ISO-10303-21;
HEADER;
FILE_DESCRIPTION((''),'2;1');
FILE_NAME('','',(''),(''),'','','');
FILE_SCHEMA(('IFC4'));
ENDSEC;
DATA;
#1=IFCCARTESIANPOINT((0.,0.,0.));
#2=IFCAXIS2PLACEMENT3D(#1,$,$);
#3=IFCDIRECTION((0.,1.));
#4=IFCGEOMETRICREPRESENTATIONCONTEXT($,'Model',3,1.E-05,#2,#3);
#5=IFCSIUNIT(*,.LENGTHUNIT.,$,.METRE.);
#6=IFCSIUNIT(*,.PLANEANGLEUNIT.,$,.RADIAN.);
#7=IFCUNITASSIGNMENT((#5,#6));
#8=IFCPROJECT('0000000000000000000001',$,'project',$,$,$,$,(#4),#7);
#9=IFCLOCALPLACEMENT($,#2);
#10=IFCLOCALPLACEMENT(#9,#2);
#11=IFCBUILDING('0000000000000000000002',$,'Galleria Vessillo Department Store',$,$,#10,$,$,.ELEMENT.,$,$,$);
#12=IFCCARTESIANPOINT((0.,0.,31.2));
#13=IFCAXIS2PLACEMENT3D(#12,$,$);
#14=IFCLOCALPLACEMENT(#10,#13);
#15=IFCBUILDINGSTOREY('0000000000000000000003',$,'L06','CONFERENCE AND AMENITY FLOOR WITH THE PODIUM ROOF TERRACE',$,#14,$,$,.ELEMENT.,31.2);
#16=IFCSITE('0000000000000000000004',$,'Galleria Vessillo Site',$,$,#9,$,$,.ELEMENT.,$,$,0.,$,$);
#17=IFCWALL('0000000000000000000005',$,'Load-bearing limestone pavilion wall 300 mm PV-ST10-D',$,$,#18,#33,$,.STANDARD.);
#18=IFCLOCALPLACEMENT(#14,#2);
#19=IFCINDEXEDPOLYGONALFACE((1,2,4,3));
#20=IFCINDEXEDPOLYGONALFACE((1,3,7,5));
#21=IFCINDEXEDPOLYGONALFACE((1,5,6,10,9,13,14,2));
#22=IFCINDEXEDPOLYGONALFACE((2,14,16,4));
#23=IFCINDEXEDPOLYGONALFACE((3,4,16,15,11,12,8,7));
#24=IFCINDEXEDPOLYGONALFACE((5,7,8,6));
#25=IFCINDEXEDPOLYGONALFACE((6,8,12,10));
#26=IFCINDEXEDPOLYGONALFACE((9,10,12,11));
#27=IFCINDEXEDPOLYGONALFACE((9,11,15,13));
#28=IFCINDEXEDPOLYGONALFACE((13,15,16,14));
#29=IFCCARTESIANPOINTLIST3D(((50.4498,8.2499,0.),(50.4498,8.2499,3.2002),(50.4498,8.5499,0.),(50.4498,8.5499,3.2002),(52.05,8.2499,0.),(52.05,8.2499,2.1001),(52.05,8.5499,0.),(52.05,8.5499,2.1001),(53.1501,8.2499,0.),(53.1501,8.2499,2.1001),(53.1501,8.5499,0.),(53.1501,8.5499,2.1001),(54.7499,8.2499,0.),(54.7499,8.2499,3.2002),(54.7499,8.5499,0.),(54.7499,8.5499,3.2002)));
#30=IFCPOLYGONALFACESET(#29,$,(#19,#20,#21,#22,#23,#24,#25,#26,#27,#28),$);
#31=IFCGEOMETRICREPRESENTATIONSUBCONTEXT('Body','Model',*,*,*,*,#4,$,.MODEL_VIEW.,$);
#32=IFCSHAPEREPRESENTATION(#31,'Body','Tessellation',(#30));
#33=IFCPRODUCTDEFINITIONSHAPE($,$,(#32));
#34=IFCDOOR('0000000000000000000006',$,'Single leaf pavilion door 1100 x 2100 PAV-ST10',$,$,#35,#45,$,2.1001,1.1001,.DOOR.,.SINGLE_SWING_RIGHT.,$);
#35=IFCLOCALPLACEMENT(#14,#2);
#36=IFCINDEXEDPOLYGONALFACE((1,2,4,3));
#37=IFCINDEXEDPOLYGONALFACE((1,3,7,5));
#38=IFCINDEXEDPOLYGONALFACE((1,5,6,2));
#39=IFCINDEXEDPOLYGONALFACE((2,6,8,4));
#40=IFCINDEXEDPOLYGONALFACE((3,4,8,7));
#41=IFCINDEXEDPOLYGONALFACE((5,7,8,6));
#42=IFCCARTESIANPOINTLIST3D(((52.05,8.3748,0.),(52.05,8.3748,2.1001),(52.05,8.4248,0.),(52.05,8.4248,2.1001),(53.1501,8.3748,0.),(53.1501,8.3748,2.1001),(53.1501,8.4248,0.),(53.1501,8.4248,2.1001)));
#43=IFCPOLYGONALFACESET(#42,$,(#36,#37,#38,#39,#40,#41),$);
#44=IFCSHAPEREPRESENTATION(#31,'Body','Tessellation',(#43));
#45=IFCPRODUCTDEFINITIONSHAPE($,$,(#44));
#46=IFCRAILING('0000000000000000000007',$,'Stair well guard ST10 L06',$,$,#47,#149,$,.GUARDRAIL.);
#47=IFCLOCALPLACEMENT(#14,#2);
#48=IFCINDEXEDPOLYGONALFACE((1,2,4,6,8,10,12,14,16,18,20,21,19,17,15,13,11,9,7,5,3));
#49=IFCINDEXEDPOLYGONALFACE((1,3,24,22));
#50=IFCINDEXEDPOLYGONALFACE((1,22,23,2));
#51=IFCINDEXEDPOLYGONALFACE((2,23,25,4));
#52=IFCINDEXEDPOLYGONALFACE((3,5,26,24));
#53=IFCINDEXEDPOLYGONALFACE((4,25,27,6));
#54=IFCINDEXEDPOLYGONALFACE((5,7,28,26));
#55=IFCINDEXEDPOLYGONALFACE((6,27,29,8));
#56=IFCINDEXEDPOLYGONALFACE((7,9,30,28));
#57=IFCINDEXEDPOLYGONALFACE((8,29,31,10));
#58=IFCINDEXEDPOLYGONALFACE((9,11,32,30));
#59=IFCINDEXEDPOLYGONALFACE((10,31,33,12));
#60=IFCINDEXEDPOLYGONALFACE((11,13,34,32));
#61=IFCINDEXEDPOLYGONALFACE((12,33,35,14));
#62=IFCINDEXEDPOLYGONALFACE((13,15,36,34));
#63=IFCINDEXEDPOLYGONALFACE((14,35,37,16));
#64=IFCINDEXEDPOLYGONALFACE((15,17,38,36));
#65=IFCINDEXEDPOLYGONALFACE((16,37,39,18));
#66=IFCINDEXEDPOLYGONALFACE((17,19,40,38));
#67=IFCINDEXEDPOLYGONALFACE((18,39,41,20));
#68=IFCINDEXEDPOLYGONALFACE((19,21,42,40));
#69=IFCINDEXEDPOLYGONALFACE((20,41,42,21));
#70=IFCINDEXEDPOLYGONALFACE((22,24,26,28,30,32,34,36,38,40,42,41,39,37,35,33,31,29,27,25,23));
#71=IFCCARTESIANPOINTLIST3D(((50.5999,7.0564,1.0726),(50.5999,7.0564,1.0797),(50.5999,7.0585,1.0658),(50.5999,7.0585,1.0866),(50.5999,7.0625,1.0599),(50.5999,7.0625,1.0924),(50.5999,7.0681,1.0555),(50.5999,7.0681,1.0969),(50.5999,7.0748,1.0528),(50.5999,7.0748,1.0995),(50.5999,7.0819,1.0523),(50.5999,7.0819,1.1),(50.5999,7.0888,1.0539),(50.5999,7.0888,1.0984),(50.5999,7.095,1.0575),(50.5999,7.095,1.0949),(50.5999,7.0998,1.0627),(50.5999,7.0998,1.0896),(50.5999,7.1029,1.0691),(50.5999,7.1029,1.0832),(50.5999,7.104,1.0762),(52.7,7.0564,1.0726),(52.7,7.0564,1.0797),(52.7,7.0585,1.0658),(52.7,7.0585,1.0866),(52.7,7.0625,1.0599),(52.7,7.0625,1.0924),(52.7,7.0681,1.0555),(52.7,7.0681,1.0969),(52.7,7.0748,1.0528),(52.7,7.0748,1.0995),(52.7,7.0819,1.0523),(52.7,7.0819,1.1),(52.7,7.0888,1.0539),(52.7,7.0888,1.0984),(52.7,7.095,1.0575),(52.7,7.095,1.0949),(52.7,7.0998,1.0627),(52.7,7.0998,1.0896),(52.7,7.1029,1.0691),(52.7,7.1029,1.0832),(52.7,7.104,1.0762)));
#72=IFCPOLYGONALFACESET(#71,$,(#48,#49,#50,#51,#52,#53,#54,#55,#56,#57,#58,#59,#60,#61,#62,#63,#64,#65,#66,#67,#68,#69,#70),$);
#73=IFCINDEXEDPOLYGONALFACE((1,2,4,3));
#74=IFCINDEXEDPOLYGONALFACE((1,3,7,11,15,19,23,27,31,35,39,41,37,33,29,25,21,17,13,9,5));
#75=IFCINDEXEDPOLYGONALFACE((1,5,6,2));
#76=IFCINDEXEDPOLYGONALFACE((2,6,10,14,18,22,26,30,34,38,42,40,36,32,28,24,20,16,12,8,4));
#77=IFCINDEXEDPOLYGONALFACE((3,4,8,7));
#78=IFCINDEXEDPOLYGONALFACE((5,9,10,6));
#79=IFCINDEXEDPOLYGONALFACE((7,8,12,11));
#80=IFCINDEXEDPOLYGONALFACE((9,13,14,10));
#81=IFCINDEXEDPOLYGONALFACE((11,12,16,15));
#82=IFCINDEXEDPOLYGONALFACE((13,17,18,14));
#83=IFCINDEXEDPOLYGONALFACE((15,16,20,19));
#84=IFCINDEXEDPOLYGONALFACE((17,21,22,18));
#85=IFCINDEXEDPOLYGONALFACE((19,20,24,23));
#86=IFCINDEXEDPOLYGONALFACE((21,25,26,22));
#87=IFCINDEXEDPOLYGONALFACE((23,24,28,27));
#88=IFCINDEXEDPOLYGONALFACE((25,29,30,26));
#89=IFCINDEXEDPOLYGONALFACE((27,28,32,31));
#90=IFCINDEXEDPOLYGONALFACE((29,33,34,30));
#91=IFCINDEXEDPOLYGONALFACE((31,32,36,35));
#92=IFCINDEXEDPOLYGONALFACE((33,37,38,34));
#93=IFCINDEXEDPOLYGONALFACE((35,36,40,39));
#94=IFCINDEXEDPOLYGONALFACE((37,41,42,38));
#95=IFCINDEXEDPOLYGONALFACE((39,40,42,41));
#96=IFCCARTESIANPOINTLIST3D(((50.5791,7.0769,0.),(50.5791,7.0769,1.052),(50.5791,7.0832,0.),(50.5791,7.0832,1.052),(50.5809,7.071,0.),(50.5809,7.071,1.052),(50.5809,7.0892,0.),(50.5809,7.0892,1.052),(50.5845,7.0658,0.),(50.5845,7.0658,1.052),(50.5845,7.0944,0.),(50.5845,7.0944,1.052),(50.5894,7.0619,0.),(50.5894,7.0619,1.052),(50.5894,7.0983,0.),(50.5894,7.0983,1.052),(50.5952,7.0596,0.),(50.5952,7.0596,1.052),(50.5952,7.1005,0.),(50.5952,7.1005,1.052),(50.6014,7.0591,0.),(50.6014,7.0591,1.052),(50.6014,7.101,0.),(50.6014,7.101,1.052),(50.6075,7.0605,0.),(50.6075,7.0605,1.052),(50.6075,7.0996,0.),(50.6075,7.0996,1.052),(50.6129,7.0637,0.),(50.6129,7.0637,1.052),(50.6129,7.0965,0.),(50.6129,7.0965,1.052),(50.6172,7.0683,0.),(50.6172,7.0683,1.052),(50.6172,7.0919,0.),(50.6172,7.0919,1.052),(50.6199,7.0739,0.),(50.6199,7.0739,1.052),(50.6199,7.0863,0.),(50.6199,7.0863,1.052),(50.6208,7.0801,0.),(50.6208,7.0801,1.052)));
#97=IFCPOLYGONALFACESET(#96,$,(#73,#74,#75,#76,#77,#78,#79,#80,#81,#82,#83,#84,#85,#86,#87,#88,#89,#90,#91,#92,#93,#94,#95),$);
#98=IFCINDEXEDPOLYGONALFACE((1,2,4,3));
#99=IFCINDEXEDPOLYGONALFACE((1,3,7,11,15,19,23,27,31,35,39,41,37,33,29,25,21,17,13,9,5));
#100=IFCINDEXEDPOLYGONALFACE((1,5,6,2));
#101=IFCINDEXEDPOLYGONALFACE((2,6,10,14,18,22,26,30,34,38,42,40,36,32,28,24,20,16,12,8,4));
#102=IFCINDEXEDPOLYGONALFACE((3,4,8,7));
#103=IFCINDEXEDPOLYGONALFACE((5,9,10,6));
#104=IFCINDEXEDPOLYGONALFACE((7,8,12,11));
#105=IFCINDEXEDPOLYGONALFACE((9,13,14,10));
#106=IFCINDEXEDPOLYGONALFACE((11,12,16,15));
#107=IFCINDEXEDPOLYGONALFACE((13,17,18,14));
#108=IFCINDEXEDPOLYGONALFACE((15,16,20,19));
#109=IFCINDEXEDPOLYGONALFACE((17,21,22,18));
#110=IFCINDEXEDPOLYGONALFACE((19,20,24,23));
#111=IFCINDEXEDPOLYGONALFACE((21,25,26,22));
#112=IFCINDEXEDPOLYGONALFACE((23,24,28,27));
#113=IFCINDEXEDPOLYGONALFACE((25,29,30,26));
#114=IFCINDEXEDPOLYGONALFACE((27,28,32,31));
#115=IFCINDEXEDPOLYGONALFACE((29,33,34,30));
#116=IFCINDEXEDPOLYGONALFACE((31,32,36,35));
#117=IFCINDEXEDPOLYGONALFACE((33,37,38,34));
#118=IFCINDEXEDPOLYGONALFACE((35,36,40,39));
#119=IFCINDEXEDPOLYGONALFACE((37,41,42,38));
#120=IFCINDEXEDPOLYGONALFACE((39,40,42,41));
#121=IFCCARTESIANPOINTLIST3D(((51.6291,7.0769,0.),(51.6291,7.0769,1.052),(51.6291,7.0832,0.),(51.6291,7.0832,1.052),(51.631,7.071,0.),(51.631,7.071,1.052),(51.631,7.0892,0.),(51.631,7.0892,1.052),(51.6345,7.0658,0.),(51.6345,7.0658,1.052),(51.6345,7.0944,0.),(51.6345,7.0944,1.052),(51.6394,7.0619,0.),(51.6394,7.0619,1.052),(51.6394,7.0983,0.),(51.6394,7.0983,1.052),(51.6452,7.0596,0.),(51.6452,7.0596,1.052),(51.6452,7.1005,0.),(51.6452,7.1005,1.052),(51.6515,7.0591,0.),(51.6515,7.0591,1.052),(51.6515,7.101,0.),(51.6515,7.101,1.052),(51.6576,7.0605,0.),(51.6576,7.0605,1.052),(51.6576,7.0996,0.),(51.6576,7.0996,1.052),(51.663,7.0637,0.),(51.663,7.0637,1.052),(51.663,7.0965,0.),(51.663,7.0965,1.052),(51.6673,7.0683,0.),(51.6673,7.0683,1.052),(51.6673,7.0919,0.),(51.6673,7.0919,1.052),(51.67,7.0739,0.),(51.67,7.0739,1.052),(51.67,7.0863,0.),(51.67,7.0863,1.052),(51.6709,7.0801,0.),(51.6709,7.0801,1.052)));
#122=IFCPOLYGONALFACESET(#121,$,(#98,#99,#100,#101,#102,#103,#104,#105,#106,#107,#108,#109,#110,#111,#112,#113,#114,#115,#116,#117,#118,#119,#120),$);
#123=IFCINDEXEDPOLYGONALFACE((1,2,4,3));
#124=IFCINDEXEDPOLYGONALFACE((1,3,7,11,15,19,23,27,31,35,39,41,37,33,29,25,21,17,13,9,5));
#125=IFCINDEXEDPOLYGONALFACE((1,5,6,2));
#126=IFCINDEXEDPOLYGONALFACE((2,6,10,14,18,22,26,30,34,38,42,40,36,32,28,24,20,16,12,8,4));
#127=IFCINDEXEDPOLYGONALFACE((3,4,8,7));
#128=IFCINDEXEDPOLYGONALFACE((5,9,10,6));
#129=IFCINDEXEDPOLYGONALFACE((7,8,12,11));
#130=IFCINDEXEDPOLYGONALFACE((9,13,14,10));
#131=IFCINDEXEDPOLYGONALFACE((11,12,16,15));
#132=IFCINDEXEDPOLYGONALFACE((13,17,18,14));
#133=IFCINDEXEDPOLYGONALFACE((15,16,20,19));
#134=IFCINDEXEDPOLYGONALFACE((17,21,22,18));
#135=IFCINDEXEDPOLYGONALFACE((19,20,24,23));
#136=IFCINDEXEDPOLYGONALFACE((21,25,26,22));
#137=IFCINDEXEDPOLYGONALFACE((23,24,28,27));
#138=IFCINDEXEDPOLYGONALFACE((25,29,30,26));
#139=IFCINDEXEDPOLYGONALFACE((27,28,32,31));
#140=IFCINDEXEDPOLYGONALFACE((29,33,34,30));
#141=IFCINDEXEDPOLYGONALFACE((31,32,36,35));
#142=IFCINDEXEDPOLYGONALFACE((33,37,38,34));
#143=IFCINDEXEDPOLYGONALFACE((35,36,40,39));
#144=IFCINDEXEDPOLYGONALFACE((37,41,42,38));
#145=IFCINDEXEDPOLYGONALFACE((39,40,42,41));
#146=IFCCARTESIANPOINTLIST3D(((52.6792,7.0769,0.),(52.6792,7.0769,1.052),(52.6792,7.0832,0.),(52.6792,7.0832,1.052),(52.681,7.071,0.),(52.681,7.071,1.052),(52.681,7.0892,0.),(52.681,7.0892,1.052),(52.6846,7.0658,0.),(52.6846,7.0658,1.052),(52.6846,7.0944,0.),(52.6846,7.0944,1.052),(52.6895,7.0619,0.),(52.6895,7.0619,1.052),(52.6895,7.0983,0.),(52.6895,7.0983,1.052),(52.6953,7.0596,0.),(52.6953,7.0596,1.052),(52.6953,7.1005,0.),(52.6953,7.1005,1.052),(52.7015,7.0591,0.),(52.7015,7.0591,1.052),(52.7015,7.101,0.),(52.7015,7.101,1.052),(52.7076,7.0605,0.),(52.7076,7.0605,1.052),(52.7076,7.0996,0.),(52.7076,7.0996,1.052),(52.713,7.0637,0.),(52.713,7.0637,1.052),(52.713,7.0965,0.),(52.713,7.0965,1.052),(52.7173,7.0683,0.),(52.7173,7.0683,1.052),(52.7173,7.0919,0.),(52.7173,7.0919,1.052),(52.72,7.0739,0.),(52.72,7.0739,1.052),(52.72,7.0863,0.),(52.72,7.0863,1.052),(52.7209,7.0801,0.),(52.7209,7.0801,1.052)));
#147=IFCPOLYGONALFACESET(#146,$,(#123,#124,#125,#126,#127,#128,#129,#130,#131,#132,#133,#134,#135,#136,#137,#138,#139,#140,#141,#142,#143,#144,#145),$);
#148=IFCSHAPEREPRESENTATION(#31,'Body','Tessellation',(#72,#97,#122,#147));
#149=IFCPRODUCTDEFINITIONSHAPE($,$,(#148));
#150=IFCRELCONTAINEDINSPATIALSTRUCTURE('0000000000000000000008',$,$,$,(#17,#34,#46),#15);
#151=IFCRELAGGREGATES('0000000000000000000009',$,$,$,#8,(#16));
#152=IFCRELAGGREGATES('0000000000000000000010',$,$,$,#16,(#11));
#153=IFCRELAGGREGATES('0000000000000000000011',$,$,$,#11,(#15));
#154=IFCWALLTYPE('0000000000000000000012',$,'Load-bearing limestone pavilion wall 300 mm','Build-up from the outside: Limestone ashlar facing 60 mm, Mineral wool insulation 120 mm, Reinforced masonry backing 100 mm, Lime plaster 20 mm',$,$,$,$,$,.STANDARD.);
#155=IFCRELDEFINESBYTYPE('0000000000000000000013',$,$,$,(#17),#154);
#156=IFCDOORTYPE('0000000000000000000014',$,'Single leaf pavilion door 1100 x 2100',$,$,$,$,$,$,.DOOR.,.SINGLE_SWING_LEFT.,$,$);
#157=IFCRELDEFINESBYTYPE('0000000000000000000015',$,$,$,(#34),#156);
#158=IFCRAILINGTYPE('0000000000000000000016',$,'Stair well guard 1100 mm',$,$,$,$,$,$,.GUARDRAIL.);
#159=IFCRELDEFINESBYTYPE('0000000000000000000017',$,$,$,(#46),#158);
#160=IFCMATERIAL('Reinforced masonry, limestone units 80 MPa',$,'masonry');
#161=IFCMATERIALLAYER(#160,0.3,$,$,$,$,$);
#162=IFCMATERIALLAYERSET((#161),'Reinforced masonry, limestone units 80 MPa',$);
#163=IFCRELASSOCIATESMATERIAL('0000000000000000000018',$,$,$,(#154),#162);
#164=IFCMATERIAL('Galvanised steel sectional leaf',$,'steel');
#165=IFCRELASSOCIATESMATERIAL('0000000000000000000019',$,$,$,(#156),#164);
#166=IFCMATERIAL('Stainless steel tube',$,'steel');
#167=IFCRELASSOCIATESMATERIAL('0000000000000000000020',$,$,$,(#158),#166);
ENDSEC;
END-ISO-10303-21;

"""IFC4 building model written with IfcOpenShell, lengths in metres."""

from ifc_helpers import new_model, si_unit, direction, frame, frame_2d, origin, origin_2d, place, context, subcontext, project, spatial, rectangle, circle, extrude, material, layer, layer_set, type_object, element, fill, save


model = new_model("IFC4")

# Units and contexts
model_context = context("Model", 3, precision=1e-05, world=origin(), true_north=direction((0.0, 1.0)))
body_context = subcontext(model_context, "Body", "Model", "MODEL_VIEW")
ifc_project = project(units=[si_unit("LENGTHUNIT", "METRE"), si_unit("PLANEANGLEUNIT", "RADIAN")], contexts=[model_context])

# Site, building, storey
site_placement = place(None, origin())
site = spatial("IfcSite", under=ifc_project, at=site_placement, Name="Galleria Vessillo Site", CompositionType="ELEMENT", RefElevation=0.0)
building_placement = place(site_placement, origin())
building = spatial("IfcBuilding", under=site, at=building_placement, Name="Galleria Vessillo Department Store", CompositionType="ELEMENT")
storey_placement = place(building_placement, frame((0.0, 0.0, 31.2)))
storey = spatial("IfcBuildingStorey", under=building, at=storey_placement, Name="L06", Description="CONFERENCE AND AMENITY FLOOR WITH THE PODIUM ROOF TERRACE", CompositionType="ELEMENT", Elevation=31.2)

# Wall, opening, door
ifc_material_1 = material(Name="Reinforced masonry, limestone units 80 MPa", Category="masonry")
ifc_layer_1 = layer(ifc_material_1, 0.3)
ifc_layer_set_1 = layer_set([ifc_layer_1], Name="Reinforced masonry, limestone units 80 MPa")
wall_type = type_object("IfcWallType", Name="Load-bearing limestone pavilion wall 300 mm", Description="Build-up from the outside: Limestone ashlar facing 60 mm, Mineral wool insulation 120 mm, Reinforced masonry backing 100 mm, Lime plaster 20 mm", PredefinedType="STANDARD", material=ifc_layer_set_1)
wall_placement = place(storey_placement, frame((50.45, 8.3999, 0.0), z_axis=(0.0, 0.0, 1.0), x_axis=(1.0, 0.0, 0.0)))
wall = element("IfcWall", 1, at=wall_placement, inside=storey, type_object=wall_type, Name="Load-bearing limestone pavilion wall 300 mm PV-ST10-D", PredefinedType="STANDARD", context=body_context, shape_type="SweptSolid", body=[
    extrude(rectangle(XDim=4.3, YDim=0.3, at=frame_2d((2.1499, 0.0))), origin(), (0.0, 0.0, 1.0), 3.2002),
])
opening_placement = place(wall_placement, frame((1.6001, 0.0, 0.0)))
opening = element("IfcOpeningElement", 2, at=opening_placement, cuts=wall, PredefinedType="OPENING", context=body_context, shape_type="SweptSolid", body=[
    extrude(rectangle(XDim=1.1001, YDim=2.1001, at=frame_2d((0.55, 1.05))), frame((0.0, 0.1602, 0.0), z_axis=(0.0, -1.0, 0.0), x_axis=(1.0, 0.0, 0.0)), (0.0, 0.0, 1.0), 0.3201),
])
ifc_material_2 = material(Name="Galvanised steel sectional leaf", Category="steel")
door_type = type_object("IfcDoorType", Name="Single leaf pavilion door 1100 x 2100", OperationType="SINGLE_SWING_LEFT", PredefinedType="DOOR", material=ifc_material_2)
door_placement = place(opening_placement, origin())
door = element("IfcDoor", 3, at=door_placement, inside=storey, type_object=door_type, Name="Single leaf pavilion door 1100 x 2100 PAV-ST10", OperationType="SINGLE_SWING_RIGHT", OverallHeight=2.1001, OverallWidth=1.1001, PredefinedType="DOOR", context=body_context, shape_type="SweptSolid", body=[
    extrude(rectangle(XDim=1.1001, YDim=2.1001, at=frame_2d((0.55, 1.05))), frame((0.0, 0.0249, 0.0), z_axis=(0.0, -1.0, 0.0), x_axis=(1.0, 0.0, 0.0)), (0.0, 0.0, 1.0), 0.05),
])
fill(opening, door)

# Railing
ifc_material_3 = material(Name="Stainless steel tube", Category="steel")
railing_type = type_object("IfcRailingType", Name="Stair well guard 1100 mm", PredefinedType="GUARDRAIL", material=ifc_material_3)
railing_placement = place(storey_placement, frame((50.5999, 7.0801, 0.0)))
element("IfcRailing", 4, at=railing_placement, inside=storey, type_object=railing_type, Name="Stair well guard ST10 L06", PredefinedType="GUARDRAIL", context=body_context, shape_type="SweptSolid", body=[
    extrude(circle(Radius=0.0239, at=origin_2d()), frame((0.0, 0.0, 1.0762), z_axis=(1.0, 0.0, 0.0), x_axis=(0.0, 1.0, 0.0)), (0.0, 0.0, 1.0), 2.1001),
    extrude(circle(Radius=0.021, at=origin_2d()), origin(), (0.0, 0.0, 1.0), 1.052),
    extrude(circle(Radius=0.021, at=origin_2d()), frame((1.05, 0.0, 0.0)), (0.0, 0.0, 1.0), 1.052),
    extrude(circle(Radius=0.021, at=origin_2d()), frame((2.1001, 0.0, 0.0)), (0.0, 0.0, 1.0), 1.052),
])

save(model, "model.ifc")
